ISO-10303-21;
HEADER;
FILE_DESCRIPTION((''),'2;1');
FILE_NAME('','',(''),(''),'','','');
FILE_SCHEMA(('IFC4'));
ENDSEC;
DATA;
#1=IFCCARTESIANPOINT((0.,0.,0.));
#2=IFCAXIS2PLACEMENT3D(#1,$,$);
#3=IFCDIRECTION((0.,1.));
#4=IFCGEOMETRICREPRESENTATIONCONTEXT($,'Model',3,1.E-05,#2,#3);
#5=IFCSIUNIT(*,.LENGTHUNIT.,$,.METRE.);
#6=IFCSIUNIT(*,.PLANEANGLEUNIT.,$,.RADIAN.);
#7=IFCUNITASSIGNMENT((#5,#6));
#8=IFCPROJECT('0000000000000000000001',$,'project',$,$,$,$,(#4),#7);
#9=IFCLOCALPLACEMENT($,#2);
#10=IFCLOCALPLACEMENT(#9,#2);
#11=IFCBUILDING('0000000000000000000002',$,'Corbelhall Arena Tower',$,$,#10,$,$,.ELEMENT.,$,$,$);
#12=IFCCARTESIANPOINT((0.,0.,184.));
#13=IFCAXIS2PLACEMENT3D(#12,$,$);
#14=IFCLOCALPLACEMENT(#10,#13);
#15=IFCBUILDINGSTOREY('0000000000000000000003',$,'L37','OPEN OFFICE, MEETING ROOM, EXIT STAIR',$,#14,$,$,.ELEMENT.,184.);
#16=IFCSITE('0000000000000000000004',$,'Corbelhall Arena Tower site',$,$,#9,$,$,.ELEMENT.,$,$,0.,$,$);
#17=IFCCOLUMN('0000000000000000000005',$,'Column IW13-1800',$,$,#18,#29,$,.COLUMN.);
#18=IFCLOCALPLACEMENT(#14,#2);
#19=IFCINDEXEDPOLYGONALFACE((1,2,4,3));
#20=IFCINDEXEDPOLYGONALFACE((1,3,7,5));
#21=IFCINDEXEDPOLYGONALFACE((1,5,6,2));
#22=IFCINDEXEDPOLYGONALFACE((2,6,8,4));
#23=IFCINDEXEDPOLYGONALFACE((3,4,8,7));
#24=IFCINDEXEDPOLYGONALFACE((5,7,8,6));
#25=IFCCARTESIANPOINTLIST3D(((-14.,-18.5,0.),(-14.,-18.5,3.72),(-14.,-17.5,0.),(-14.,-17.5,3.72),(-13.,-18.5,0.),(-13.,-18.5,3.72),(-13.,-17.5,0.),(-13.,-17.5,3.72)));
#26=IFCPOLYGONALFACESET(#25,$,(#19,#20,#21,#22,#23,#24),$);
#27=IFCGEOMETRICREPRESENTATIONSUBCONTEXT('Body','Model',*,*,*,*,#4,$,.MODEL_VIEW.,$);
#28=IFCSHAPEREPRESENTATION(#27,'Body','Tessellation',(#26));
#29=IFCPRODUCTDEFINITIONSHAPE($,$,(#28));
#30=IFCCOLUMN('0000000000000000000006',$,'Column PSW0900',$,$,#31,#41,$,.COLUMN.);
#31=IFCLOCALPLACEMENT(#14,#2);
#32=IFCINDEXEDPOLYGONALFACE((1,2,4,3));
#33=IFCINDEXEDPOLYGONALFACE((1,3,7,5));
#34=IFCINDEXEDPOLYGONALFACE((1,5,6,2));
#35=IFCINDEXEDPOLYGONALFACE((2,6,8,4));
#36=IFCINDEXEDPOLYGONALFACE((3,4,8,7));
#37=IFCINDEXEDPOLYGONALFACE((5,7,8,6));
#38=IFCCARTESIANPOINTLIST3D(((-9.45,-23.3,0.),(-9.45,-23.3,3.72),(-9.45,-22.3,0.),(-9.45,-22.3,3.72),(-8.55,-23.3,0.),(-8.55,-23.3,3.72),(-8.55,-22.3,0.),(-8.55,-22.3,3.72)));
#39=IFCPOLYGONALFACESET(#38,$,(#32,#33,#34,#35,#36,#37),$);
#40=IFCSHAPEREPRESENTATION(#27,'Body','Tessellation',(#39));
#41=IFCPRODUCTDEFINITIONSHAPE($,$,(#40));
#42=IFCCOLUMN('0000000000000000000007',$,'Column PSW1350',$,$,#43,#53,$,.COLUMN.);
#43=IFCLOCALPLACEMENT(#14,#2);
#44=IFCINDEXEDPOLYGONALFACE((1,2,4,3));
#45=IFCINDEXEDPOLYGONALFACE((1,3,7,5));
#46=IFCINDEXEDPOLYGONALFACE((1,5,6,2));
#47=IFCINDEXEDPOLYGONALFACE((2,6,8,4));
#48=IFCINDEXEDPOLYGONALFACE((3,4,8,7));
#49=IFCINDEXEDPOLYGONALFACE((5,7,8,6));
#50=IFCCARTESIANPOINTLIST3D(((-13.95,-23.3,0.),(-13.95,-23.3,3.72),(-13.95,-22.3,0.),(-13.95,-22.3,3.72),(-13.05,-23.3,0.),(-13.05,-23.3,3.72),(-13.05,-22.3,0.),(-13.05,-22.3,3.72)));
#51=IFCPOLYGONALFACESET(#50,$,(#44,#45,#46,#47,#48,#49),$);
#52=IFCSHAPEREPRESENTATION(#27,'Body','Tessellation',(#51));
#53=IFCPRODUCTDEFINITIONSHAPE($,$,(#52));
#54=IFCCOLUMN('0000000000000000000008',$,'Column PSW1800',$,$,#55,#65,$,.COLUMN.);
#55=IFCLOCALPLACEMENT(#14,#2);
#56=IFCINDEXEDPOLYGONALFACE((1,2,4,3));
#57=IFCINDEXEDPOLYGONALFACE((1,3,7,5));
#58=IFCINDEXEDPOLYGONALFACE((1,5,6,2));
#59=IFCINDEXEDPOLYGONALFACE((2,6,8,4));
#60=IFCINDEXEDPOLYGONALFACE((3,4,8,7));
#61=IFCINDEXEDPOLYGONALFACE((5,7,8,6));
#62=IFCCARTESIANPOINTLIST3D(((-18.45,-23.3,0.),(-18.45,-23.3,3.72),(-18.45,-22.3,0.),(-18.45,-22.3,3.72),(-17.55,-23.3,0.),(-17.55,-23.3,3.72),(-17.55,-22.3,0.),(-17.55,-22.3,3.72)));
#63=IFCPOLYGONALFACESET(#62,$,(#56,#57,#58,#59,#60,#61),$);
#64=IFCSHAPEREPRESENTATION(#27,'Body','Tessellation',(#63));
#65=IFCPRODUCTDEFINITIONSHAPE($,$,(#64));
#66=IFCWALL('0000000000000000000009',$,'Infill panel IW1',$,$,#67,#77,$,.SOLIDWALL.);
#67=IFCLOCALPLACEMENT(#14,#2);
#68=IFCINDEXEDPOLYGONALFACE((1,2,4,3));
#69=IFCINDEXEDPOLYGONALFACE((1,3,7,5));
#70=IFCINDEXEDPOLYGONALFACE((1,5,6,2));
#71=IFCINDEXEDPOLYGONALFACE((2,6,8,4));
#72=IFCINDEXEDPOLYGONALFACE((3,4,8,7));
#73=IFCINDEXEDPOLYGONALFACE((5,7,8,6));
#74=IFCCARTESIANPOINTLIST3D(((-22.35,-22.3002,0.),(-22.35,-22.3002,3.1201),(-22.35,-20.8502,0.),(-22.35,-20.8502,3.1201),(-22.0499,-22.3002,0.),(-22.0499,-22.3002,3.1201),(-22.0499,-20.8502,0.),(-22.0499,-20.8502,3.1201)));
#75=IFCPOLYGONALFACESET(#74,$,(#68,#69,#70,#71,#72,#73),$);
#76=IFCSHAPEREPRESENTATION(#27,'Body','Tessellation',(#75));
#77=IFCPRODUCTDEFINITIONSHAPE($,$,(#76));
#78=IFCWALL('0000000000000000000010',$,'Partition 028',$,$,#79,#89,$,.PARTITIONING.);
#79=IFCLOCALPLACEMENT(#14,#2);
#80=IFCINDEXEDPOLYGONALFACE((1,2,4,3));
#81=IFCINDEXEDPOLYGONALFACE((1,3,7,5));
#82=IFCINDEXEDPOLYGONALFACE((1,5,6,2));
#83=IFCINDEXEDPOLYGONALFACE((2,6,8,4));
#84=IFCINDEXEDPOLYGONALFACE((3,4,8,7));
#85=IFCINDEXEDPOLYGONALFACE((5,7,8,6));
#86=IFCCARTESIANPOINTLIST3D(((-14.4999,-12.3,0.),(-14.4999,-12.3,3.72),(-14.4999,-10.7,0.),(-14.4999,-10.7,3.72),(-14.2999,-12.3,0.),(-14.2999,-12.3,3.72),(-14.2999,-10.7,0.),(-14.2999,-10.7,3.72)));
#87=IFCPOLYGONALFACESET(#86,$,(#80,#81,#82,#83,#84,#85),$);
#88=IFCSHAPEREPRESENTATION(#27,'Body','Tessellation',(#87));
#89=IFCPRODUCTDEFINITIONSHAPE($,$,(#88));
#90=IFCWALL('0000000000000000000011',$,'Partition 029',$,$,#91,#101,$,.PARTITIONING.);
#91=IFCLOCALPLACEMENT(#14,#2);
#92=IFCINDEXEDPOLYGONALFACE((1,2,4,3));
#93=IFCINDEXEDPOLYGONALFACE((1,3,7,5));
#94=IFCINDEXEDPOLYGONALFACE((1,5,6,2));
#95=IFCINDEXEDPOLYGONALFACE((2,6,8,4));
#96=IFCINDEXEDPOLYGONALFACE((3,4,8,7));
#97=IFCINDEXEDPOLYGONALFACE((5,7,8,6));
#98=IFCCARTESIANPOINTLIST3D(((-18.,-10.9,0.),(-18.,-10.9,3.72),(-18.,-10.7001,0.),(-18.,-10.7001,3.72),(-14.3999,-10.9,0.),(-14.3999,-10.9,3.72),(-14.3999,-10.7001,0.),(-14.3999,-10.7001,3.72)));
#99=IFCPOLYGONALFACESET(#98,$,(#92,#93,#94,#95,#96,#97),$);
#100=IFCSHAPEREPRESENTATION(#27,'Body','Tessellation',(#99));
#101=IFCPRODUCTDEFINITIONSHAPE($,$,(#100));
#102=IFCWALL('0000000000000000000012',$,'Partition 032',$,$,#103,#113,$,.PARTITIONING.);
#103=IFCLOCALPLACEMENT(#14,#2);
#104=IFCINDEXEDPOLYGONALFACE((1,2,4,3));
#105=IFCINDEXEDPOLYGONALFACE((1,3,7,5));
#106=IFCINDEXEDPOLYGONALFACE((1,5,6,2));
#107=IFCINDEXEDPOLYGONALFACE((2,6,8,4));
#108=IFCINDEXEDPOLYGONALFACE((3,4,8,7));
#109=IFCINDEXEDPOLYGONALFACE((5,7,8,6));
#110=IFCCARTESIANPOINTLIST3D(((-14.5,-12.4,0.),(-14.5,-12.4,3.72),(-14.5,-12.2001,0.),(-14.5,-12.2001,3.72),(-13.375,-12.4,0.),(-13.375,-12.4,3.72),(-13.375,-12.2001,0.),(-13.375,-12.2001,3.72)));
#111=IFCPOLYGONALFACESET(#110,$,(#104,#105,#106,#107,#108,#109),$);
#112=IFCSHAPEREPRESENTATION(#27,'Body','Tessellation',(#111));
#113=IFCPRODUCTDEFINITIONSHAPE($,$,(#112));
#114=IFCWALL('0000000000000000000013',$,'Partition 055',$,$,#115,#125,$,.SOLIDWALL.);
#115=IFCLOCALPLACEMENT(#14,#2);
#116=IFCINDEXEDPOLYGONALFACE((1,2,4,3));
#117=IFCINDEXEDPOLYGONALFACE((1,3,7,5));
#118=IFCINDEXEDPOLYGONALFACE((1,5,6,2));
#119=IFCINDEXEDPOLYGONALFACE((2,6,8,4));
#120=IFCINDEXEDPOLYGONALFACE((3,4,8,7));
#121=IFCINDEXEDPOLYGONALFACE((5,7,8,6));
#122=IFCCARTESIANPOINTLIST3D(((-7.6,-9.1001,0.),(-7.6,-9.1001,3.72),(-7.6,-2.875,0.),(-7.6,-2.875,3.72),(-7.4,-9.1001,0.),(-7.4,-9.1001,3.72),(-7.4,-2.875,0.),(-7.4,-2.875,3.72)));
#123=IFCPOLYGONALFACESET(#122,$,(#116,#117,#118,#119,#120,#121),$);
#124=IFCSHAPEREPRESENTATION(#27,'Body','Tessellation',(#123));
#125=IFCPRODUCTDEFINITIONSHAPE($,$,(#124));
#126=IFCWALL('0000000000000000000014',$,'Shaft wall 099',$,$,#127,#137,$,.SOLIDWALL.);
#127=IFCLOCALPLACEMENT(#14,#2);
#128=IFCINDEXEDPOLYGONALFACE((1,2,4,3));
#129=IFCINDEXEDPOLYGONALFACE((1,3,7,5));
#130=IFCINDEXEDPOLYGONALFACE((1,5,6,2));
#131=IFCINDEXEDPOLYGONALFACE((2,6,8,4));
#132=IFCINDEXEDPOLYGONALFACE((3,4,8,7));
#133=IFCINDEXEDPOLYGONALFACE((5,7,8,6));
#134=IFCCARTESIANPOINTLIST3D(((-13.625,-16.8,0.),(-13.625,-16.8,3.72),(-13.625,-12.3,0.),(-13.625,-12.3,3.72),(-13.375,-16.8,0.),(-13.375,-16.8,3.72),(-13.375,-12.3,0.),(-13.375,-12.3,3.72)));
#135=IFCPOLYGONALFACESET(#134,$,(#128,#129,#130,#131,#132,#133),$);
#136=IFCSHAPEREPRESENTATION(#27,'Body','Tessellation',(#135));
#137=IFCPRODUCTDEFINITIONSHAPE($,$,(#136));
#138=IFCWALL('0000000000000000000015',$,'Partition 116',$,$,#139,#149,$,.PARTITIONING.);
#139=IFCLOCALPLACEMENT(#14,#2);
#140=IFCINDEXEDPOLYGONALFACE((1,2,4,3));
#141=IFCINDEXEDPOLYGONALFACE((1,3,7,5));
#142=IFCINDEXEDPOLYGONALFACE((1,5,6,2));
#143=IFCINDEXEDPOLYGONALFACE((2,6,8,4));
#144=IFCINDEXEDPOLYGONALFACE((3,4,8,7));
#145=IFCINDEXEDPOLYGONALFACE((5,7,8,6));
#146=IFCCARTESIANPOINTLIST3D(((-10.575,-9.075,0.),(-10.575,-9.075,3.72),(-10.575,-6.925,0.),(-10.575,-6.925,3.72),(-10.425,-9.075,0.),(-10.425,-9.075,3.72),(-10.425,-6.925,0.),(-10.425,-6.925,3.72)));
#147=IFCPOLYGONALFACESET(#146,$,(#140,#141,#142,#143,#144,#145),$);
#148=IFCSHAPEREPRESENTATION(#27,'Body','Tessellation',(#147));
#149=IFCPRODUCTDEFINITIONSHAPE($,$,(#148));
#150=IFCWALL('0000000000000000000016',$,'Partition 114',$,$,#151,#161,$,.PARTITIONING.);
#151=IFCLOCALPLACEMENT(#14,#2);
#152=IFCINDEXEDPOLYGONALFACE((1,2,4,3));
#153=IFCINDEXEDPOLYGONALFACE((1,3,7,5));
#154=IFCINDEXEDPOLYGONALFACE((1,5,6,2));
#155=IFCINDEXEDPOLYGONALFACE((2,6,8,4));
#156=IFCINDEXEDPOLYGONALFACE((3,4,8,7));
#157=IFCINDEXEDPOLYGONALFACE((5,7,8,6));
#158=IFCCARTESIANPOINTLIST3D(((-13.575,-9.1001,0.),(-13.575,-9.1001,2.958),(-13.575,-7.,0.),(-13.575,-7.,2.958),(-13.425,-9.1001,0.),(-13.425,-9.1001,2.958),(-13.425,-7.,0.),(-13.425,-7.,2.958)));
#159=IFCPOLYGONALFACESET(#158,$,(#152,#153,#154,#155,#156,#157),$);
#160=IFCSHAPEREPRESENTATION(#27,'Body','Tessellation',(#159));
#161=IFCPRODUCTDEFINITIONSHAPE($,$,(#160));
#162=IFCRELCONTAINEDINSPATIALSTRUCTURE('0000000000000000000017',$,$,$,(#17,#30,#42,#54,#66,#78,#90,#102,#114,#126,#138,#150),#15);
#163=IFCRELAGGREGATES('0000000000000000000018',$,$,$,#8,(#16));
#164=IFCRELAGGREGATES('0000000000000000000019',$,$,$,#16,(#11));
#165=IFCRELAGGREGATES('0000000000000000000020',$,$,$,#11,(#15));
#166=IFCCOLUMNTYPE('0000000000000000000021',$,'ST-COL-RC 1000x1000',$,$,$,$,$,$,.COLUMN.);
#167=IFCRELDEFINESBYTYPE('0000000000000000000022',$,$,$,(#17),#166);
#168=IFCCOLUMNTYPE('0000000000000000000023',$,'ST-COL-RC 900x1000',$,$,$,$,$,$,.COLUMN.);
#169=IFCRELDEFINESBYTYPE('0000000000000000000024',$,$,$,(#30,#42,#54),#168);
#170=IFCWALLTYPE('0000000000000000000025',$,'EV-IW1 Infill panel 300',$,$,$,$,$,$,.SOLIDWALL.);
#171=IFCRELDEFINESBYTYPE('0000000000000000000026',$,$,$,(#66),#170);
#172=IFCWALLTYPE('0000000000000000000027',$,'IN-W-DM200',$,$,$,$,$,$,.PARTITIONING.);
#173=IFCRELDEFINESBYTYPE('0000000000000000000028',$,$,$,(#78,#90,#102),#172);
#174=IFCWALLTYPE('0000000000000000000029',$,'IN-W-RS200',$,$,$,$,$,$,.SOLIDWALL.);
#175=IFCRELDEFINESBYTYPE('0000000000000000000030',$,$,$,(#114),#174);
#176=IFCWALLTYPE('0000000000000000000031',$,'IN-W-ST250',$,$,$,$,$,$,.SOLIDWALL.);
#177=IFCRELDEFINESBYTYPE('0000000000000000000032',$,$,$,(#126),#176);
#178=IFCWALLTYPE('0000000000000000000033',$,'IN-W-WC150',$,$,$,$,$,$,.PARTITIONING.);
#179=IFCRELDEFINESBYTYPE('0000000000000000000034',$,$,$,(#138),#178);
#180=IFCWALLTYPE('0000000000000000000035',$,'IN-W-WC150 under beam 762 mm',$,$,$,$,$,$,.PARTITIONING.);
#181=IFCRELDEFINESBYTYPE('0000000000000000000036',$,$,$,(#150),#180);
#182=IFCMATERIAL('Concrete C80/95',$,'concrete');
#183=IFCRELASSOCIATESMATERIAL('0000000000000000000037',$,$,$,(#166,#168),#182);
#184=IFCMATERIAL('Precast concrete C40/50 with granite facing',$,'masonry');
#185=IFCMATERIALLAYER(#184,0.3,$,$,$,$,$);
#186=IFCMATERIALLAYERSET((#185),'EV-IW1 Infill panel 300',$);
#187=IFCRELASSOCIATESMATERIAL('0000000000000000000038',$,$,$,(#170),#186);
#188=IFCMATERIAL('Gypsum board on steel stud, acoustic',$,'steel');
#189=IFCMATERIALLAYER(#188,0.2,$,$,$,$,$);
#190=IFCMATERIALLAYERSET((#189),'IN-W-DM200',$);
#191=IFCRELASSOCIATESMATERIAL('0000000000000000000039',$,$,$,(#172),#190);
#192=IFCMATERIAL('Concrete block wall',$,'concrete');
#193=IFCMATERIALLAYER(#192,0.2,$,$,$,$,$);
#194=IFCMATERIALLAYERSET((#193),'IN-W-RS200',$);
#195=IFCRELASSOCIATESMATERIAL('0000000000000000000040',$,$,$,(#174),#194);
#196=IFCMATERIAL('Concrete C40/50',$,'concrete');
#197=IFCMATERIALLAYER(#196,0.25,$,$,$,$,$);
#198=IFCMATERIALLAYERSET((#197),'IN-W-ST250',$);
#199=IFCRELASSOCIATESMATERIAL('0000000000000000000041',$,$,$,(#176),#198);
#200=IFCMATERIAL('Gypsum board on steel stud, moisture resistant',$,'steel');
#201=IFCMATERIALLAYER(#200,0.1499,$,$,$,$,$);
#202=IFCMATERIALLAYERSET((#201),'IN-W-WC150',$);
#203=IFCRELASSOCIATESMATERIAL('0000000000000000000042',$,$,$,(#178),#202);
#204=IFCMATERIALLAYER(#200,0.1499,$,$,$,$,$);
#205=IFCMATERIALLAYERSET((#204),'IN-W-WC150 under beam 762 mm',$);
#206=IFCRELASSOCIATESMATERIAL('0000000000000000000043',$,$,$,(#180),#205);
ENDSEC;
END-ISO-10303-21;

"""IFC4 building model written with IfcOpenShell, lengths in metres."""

from ifc_helpers import new_model, si_unit, direction, frame, frame_2d, origin, origin_2d, place, context, subcontext, project, spatial, rectangle, extrude, material, layer, layer_set, material_profile, profile_set, type_object, element, save


model = new_model("IFC4")

# Units and contexts
model_context = context("Model", 3, precision=1e-05, world=origin(), true_north=direction((0.0, 1.0)))
body_context = subcontext(model_context, "Body", "Model", "MODEL_VIEW")
ifc_project = project(units=[si_unit("LENGTHUNIT", "METRE"), si_unit("PLANEANGLEUNIT", "RADIAN")], contexts=[model_context])

# Site, building, storey
site_placement = place(None, origin())
site = spatial("IfcSite", under=ifc_project, at=site_placement, Name="Corbelhall Arena Tower site", CompositionType="ELEMENT", RefElevation=0.0)
building_placement = place(site_placement, origin())
building = spatial("IfcBuilding", under=site, at=building_placement, Name="Corbelhall Arena Tower", CompositionType="ELEMENT")
storey_placement = place(building_placement, frame((0.0, 0.0, 184.0)))
storey = spatial("IfcBuildingStorey", under=building, at=storey_placement, Name="L37", Description="OPEN OFFICE, MEETING ROOM, EXIT STAIR", CompositionType="ELEMENT", Elevation=184.0)

# Columns
ifc_material_1 = material(Name="Concrete C80/95", Category="concrete")
ifc_material_profile_1 = material_profile(ifc_material_1, rectangle(XDim=1.0, YDim=1.0, at=origin_2d()))
ifc_profile_set_1 = profile_set([ifc_material_profile_1], Name="Concrete C80/95")
column_type_1 = type_object("IfcColumnType", Name="ST-COL-RC 1000x1000", PredefinedType="COLUMN", material=ifc_profile_set_1)
column_placement = place(storey_placement, frame((-13.5, -18.0, 0.0), z_axis=(0.0, 0.0, 1.0), x_axis=(1.0, 0.0, 0.0)))
element("IfcColumn", 1, at=column_placement, inside=storey, type_object=column_type_1, Name="Column IW13-1800", PredefinedType="COLUMN", context=body_context, shape_type="SweptSolid", body=[
    extrude(rectangle(XDim=1.0, YDim=1.0, at=origin_2d()), origin(), (0.0, 0.0, 1.0), 3.72),
])
ifc_material_profile_2 = material_profile(ifc_material_1, rectangle(XDim=0.8999, YDim=1.0, at=origin_2d()))
ifc_profile_set_2 = profile_set([ifc_material_profile_2], Name="Concrete C80/95")
column_type_2 = type_object("IfcColumnType", Name="ST-COL-RC 900x1000", PredefinedType="COLUMN", material=ifc_profile_set_2)
for number, where, z_axis, x_axis, name in (
    (2, (-9.0, -22.8, 0.0), (0.0, 0.0, 1.0), (1.0, 0.0, 0.0), "Column PSW0900"),
    (3, (-13.5, -22.8, 0.0), (0.0, 0.0, 1.0), (1.0, 0.0, 0.0), "Column PSW1350"),
    (4, (-18.0, -22.8, 0.0), (0.0, 0.0, 1.0), (1.0, 0.0, 0.0), "Column PSW1800"),
):
    element("IfcColumn", number, at=place(storey_placement, frame(where, z_axis=z_axis, x_axis=x_axis)), inside=storey, type_object=column_type_2, Name=name, PredefinedType="COLUMN", context=body_context, shape_type="SweptSolid", body=[
        extrude(rectangle(XDim=0.8999, YDim=1.0, at=origin_2d()), origin(), (0.0, 0.0, 1.0), 3.72),
    ])

# Wall
ifc_material_2 = material(Name="Precast concrete C40/50 with granite facing", Category="masonry")
ifc_layer_1 = layer(ifc_material_2, 0.3)
ifc_layer_set_1 = layer_set([ifc_layer_1], Name="EV-IW1 Infill panel 300")
wall_type_1 = type_object("IfcWallType", Name="EV-IW1 Infill panel 300", PredefinedType="SOLIDWALL", material=ifc_layer_set_1)
wall_1_placement = place(storey_placement, frame((-22.2, -20.8501, 0.0), z_axis=(0.0, 0.0, 1.0), x_axis=(0.0, -1.0, 0.0)))
element("IfcWall", 5, at=wall_1_placement, inside=storey, type_object=wall_type_1, Name="Infill panel IW1", PredefinedType="SOLIDWALL", context=body_context, shape_type="SweptSolid", body=[
    extrude(rectangle(XDim=1.45, YDim=0.3, at=frame_2d((0.7251, 0.0))), origin(), (0.0, 0.0, 1.0), 3.1201),
])

# Shared definitions
ifc_material_3 = material(Name="Gypsum board on steel stud, acoustic", Category="steel")
ifc_layer_2 = layer(ifc_material_3, 0.2)
ifc_layer_set_2 = layer_set([ifc_layer_2], Name="IN-W-DM200")
wall_type_2 = type_object("IfcWallType", Name="IN-W-DM200", PredefinedType="PARTITIONING", material=ifc_layer_set_2)

# Walls
wall_2_placement = place(storey_placement, frame((-14.3999, -12.3, 0.0), z_axis=(0.0, 0.0, 1.0), x_axis=(0.0, 1.0, 0.0)))
element("IfcWall", 6, at=wall_2_placement, inside=storey, type_object=wall_type_2, Name="Partition 028", PredefinedType="PARTITIONING", context=body_context, shape_type="SweptSolid", body=[
    extrude(rectangle(XDim=1.6001, YDim=0.2, at=frame_2d((0.8, 0.0))), origin(), (0.0, 0.0, 1.0), 3.72),
])
wall_3_placement = place(storey_placement, frame((-14.3999, -10.8, 0.0), z_axis=(0.0, 0.0, 1.0), x_axis=(-1.0, 0.0, 0.0)))
element("IfcWall", 7, at=wall_3_placement, inside=storey, type_object=wall_type_2, Name="Partition 029", PredefinedType="PARTITIONING", context=body_context, shape_type="SweptSolid", body=[
    extrude(rectangle(XDim=3.6001, YDim=0.2, at=frame_2d((1.8, 0.0))), origin(), (0.0, 0.0, 1.0), 3.72),
])
wall_4_placement = place(storey_placement, frame((-13.375, -12.3, 0.0), z_axis=(0.0, 0.0, 1.0), x_axis=(-1.0, 0.0, 0.0)))
element("IfcWall", 8, at=wall_4_placement, inside=storey, type_object=wall_type_2, Name="Partition 032", PredefinedType="PARTITIONING", context=body_context, shape_type="SweptSolid", body=[
    extrude(rectangle(XDim=1.125, YDim=0.2, at=frame_2d((0.5625, 0.0))), origin(), (0.0, 0.0, 1.0), 3.72),
])
ifc_material_4 = material(Name="Concrete block wall", Category="concrete")
ifc_layer_3 = layer(ifc_material_4, 0.2)
ifc_layer_set_3 = layer_set([ifc_layer_3], Name="IN-W-RS200")
wall_type_3 = type_object("IfcWallType", Name="IN-W-RS200", PredefinedType="SOLIDWALL", material=ifc_layer_set_3)
wall_5_placement = place(storey_placement, frame((-7.5, -9.1001, 0.0), z_axis=(0.0, 0.0, 1.0), x_axis=(0.0, 1.0, 0.0)))
element("IfcWall", 9, at=wall_5_placement, inside=storey, type_object=wall_type_3, Name="Partition 055", PredefinedType="SOLIDWALL", context=body_context, shape_type="SweptSolid", body=[
    extrude(rectangle(XDim=6.2251, YDim=0.2, at=frame_2d((3.1125, 0.0))), origin(), (0.0, 0.0, 1.0), 3.72),
])
ifc_material_5 = material(Name="Concrete C40/50", Category="concrete")
ifc_layer_4 = layer(ifc_material_5, 0.25)
ifc_layer_set_4 = layer_set([ifc_layer_4], Name="IN-W-ST250")
wall_type_4 = type_object("IfcWallType", Name="IN-W-ST250", PredefinedType="SOLIDWALL", material=ifc_layer_set_4)
wall_6_placement = place(storey_placement, frame((-13.5, -16.8, 0.0), z_axis=(0.0, 0.0, 1.0), x_axis=(0.0, 1.0, 0.0)))
element("IfcWall", 10, at=wall_6_placement, inside=storey, type_object=wall_type_4, Name="Shaft wall 099", PredefinedType="SOLIDWALL", context=body_context, shape_type="SweptSolid", body=[
    extrude(rectangle(XDim=4.5, YDim=0.25, at=frame_2d((2.25, 0.0))), origin(), (0.0, 0.0, 1.0), 3.72),
])
ifc_material_6 = material(Name="Gypsum board on steel stud, moisture resistant", Category="steel")
ifc_layer_5 = layer(ifc_material_6, 0.1499)
ifc_layer_set_5 = layer_set([ifc_layer_5], Name="IN-W-WC150")
wall_type_5 = type_object("IfcWallType", Name="IN-W-WC150", PredefinedType="PARTITIONING", material=ifc_layer_set_5)
wall_7_placement = place(storey_placement, frame((-10.5, -9.075, 0.0), z_axis=(0.0, 0.0, 1.0), x_axis=(0.0, 1.0, 0.0)))
element("IfcWall", 11, at=wall_7_placement, inside=storey, type_object=wall_type_5, Name="Partition 116", PredefinedType="PARTITIONING", context=body_context, shape_type="SweptSolid", body=[
    extrude(rectangle(XDim=2.1499, YDim=0.1499, at=frame_2d((1.075, 0.0))), origin(), (0.0, 0.0, 1.0), 3.72),
])
ifc_layer_6 = layer(ifc_material_6, 0.1499)
ifc_layer_set_6 = layer_set([ifc_layer_6], Name="IN-W-WC150 under beam 762 mm")
wall_type_6 = type_object("IfcWallType", Name="IN-W-WC150 under beam 762 mm", PredefinedType="PARTITIONING", material=ifc_layer_set_6)
wall_8_placement = place(storey_placement, frame((-13.5, -9.1001, 0.0), z_axis=(0.0, 0.0, 1.0), x_axis=(0.0, 1.0, 0.0)))
element("IfcWall", 12, at=wall_8_placement, inside=storey, type_object=wall_type_6, Name="Partition 114", PredefinedType="PARTITIONING", context=body_context, shape_type="SweptSolid", body=[
    extrude(rectangle(XDim=2.1001, YDim=0.1499, at=frame_2d((1.05, 0.0))), origin(), (0.0, 0.0, 1.0), 2.958),
])

save(model, "model.ifc")
